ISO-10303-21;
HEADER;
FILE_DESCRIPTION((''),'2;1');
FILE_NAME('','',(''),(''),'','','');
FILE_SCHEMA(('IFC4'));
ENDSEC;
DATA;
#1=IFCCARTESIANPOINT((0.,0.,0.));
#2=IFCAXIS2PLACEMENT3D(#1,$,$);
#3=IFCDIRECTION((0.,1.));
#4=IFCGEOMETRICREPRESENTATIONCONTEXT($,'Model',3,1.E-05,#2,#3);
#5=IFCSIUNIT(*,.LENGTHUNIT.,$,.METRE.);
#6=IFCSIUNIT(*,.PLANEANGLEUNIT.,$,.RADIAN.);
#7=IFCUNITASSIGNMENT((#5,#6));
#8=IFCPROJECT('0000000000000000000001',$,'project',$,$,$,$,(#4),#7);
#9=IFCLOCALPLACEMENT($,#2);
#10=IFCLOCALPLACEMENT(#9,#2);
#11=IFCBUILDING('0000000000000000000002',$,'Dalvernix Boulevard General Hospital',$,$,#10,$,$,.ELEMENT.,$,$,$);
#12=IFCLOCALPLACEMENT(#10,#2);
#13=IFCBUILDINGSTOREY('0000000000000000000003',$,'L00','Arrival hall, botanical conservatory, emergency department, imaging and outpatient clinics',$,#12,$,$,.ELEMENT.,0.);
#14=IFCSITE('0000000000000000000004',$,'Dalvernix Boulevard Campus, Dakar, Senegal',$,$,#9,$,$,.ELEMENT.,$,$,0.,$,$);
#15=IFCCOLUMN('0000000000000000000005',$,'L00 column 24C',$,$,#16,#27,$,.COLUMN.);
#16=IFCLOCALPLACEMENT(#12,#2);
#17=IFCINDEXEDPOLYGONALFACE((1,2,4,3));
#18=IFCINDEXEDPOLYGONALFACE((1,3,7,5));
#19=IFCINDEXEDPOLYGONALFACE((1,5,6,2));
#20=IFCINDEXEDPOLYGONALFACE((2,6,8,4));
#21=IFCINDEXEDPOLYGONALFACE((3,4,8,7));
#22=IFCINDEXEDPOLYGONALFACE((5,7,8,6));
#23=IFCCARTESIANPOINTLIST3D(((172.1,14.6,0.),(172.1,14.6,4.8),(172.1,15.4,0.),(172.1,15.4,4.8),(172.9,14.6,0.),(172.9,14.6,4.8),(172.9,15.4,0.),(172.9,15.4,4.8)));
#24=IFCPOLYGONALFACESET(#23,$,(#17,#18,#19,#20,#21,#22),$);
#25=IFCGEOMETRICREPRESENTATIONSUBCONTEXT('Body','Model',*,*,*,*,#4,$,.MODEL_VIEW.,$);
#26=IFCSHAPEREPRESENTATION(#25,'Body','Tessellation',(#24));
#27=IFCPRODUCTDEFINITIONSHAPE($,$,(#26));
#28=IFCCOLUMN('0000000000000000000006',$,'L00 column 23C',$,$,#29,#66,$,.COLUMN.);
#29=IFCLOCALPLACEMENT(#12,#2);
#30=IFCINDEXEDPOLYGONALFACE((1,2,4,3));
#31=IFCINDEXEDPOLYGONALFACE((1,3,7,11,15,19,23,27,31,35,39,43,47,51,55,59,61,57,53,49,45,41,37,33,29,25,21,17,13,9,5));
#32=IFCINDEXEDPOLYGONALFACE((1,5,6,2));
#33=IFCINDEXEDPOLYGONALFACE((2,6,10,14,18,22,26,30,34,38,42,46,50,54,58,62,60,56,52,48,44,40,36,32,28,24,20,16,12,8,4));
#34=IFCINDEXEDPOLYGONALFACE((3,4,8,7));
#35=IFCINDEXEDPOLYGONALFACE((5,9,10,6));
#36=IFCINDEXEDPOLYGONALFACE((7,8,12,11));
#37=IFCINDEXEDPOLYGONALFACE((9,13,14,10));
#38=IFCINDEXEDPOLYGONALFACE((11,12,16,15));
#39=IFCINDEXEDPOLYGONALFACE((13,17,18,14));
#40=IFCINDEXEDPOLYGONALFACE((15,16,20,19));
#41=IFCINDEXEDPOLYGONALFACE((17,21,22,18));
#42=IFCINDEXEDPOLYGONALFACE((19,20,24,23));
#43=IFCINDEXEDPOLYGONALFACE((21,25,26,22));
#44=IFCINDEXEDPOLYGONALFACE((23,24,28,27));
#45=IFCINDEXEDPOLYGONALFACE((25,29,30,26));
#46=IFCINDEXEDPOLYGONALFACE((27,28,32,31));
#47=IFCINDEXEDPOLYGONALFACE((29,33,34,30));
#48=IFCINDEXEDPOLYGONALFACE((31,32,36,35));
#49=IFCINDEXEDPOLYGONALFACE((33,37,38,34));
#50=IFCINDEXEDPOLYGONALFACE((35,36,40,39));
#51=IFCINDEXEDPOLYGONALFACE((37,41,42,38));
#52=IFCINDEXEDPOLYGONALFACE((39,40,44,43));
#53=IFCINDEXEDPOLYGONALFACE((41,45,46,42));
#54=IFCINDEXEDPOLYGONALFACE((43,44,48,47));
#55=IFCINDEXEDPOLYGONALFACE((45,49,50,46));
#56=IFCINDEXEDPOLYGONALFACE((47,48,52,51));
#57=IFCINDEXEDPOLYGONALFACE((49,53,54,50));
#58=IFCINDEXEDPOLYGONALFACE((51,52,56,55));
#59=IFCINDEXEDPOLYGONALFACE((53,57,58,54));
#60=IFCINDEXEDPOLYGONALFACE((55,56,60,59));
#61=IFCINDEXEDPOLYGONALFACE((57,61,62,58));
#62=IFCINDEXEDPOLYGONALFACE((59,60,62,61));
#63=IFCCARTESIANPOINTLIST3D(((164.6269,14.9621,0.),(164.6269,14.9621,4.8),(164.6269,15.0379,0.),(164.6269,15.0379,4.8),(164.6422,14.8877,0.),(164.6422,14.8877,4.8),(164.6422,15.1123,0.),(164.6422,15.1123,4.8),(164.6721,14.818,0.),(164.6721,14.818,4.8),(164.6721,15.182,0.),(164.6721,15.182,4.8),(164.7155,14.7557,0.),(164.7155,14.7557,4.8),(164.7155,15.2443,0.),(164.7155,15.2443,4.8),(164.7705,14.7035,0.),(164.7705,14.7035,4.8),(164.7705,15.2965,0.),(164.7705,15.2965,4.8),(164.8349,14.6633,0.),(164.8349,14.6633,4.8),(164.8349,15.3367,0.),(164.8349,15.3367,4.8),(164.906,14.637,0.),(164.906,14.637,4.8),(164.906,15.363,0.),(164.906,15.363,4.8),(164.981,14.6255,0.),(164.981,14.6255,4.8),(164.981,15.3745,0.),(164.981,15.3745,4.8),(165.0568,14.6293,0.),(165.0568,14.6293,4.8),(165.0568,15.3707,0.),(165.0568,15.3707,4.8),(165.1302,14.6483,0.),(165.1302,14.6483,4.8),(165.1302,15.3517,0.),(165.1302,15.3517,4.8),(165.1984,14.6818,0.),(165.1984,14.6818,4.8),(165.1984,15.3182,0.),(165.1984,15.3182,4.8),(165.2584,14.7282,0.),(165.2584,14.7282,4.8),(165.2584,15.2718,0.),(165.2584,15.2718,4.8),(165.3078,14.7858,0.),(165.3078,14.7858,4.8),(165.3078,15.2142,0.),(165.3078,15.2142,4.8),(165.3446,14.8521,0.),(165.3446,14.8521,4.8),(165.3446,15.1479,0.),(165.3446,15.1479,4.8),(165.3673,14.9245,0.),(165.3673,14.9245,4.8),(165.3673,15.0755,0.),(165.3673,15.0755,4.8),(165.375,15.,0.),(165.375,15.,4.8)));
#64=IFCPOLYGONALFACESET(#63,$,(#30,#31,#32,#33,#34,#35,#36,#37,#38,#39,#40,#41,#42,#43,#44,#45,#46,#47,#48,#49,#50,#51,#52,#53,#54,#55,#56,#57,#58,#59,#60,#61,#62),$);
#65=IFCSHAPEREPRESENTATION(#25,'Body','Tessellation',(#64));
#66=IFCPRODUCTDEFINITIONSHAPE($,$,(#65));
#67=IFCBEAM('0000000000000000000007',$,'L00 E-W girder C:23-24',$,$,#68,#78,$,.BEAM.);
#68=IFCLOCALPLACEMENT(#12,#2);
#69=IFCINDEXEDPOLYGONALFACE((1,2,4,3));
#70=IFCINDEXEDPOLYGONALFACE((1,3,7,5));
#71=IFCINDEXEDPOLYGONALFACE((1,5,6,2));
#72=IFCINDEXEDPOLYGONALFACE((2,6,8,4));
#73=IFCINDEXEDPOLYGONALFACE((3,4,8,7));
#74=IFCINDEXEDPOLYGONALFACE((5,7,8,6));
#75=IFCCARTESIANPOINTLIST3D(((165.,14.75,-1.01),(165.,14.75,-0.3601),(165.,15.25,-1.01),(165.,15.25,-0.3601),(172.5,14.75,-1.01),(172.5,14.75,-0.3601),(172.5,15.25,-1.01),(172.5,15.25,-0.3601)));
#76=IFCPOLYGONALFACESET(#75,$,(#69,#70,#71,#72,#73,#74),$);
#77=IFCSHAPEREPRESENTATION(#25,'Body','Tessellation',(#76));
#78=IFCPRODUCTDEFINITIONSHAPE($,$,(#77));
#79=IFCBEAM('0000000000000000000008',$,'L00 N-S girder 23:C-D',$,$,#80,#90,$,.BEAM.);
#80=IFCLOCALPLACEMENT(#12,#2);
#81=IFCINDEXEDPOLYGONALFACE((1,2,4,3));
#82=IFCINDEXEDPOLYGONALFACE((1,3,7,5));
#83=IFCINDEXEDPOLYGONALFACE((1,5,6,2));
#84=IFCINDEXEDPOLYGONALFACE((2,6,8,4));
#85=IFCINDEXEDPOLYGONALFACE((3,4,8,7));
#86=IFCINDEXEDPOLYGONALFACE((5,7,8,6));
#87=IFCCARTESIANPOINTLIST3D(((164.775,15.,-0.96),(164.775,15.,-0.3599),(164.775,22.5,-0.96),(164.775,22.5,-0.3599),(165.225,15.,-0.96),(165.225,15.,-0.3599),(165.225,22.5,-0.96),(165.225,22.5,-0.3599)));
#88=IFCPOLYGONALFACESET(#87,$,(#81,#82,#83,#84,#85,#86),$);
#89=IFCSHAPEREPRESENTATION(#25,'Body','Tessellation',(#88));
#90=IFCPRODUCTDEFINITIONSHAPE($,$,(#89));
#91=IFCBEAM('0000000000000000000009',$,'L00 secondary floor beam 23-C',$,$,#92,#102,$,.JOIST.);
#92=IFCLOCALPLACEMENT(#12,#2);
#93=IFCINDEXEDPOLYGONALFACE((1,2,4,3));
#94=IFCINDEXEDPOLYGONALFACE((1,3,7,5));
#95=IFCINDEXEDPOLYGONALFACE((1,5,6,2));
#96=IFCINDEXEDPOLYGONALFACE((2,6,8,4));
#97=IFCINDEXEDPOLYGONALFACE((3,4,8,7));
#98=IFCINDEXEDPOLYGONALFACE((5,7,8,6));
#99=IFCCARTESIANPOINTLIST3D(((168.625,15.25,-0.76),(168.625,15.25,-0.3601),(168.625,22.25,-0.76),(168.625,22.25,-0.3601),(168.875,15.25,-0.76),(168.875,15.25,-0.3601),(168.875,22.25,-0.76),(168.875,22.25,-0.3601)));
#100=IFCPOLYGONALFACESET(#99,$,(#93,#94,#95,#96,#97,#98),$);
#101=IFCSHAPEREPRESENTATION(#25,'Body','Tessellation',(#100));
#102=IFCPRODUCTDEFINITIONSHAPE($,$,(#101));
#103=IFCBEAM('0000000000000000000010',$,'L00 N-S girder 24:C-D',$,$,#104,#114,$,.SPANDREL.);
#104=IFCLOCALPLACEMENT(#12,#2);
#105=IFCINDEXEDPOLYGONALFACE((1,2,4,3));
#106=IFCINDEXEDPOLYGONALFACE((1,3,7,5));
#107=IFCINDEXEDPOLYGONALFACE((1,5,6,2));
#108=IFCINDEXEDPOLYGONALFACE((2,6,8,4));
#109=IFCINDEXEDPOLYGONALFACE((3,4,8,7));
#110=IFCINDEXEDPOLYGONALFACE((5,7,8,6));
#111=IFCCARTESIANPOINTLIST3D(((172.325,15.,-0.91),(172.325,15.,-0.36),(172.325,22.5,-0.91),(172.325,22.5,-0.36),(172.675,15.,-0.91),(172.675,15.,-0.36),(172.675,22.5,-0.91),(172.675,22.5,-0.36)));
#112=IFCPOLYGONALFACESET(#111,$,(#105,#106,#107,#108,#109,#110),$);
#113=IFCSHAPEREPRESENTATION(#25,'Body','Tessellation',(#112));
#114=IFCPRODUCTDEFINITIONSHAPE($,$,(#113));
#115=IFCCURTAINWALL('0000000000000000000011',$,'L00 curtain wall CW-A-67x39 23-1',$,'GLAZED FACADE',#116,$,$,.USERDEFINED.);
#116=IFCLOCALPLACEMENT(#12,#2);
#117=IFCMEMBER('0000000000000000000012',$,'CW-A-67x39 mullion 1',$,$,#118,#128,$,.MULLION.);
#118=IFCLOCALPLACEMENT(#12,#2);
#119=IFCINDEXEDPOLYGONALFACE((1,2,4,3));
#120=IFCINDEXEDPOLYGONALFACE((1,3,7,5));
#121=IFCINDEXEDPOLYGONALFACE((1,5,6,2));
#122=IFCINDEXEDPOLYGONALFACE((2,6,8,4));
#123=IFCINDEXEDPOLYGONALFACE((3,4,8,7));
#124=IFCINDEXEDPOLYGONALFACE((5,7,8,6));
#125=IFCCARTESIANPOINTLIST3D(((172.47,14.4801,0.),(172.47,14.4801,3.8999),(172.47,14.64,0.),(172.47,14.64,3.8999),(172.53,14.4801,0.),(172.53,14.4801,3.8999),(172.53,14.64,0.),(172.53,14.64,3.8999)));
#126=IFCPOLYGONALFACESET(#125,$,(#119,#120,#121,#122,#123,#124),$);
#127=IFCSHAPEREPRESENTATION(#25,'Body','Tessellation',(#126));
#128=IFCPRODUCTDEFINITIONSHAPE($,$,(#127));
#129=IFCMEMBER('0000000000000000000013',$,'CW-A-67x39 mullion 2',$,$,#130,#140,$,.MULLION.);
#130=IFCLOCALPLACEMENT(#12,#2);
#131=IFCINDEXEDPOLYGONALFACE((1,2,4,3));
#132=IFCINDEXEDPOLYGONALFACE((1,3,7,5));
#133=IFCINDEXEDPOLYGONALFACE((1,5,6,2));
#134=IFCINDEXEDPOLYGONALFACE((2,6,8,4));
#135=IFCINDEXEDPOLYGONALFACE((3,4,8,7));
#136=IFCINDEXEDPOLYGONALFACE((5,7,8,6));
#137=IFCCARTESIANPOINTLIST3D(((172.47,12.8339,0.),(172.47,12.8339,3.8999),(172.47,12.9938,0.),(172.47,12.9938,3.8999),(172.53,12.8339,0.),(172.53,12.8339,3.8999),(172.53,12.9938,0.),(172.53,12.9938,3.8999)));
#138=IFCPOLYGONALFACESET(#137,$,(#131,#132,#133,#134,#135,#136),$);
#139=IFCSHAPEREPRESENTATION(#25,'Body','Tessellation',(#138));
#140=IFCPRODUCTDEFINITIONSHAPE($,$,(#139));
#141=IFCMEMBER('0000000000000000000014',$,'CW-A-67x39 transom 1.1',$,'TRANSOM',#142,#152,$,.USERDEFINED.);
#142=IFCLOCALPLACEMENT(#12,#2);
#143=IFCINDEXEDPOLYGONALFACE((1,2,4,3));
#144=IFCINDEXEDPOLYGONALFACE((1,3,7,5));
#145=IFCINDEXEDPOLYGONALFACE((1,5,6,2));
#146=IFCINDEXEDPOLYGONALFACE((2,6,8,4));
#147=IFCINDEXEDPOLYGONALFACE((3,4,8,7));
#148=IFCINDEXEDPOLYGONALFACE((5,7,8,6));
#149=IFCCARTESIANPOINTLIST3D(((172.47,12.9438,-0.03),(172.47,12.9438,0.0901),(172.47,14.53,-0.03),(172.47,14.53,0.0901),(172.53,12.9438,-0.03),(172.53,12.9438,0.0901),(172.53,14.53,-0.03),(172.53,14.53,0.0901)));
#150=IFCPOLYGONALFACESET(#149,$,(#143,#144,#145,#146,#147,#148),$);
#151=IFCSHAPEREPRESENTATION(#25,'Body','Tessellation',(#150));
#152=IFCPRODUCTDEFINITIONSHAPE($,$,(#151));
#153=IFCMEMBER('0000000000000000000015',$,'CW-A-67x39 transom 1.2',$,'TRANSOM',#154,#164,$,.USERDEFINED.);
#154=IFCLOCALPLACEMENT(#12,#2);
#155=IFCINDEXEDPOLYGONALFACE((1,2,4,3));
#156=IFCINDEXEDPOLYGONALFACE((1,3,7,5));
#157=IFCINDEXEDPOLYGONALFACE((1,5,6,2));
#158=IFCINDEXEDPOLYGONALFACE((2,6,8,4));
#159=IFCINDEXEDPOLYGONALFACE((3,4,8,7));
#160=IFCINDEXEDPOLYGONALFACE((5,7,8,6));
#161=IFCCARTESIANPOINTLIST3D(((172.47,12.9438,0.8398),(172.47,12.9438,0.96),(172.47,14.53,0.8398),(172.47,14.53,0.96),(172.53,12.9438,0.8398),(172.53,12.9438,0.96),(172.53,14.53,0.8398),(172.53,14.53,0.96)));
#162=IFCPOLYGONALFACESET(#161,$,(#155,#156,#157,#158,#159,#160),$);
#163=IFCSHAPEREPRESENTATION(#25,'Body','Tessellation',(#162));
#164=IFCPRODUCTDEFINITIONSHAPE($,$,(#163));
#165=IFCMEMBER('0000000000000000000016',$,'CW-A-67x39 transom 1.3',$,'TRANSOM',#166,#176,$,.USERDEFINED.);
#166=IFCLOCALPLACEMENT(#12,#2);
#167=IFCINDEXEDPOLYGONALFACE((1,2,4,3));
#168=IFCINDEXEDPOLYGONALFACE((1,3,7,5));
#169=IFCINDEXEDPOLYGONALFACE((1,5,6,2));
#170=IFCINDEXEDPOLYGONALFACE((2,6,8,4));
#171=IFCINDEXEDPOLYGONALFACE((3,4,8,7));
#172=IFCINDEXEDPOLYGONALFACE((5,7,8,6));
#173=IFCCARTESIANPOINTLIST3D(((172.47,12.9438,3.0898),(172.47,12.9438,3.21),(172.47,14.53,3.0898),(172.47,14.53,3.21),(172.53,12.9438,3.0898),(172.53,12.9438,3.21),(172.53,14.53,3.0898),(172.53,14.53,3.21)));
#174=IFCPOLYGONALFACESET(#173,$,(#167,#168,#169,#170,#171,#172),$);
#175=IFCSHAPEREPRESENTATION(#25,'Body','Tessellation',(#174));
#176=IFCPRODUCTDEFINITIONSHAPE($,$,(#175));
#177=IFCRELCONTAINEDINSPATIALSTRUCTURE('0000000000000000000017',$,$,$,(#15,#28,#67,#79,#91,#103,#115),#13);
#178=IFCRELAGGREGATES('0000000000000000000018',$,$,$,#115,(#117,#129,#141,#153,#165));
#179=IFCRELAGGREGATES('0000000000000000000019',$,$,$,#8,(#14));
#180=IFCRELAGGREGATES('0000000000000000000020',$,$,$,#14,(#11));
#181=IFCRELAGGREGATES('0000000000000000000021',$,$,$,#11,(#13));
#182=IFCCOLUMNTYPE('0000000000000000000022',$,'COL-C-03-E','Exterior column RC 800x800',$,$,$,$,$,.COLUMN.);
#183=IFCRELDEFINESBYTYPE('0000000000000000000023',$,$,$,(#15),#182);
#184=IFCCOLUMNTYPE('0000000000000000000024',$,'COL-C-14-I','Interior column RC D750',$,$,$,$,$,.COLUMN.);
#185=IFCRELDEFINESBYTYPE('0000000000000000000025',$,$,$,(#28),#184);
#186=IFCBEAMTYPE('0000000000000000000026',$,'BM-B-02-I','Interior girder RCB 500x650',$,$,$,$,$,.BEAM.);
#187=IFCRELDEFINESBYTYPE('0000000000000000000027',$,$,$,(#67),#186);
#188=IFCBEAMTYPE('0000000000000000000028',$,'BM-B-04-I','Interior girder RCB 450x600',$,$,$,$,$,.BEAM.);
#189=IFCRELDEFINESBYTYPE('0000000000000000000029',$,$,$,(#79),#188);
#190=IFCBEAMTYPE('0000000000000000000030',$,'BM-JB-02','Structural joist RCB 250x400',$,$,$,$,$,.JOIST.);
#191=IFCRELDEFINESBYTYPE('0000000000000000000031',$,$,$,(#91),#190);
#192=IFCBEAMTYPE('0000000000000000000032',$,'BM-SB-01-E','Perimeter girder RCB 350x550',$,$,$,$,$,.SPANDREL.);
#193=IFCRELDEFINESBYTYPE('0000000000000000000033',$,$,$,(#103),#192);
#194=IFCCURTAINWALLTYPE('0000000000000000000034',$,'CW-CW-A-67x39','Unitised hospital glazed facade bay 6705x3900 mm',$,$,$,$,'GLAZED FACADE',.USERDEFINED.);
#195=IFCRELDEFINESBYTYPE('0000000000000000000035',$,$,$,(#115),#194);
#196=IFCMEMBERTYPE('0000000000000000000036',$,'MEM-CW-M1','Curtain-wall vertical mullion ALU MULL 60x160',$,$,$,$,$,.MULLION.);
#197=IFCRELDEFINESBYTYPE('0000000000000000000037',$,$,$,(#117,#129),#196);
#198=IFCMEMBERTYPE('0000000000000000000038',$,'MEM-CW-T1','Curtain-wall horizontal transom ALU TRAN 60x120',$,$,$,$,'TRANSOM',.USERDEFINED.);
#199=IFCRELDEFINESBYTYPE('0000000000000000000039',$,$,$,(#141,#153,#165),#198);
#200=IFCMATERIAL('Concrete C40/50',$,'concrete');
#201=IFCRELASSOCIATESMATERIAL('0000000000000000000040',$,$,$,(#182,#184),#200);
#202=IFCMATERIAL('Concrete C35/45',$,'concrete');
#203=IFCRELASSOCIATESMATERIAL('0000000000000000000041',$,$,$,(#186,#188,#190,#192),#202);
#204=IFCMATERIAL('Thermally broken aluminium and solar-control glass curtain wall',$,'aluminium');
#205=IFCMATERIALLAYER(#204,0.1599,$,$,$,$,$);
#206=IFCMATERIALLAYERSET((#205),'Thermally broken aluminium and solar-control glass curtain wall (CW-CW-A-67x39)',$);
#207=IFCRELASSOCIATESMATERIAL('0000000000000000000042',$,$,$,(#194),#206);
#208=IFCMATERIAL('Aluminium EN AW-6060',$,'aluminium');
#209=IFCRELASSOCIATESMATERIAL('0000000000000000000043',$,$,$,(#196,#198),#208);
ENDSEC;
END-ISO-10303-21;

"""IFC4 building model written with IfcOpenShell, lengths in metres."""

from ifc_helpers import new_model, si_unit, direction, frame, origin, origin_2d, place, context, subcontext, project, spatial, rectangle, circle, extrude, material, layer, layer_set, material_profile, profile_set, type_object, element, aggregate, save


model = new_model("IFC4")

# Units and contexts
model_context = context("Model", 3, precision=1e-05, world=origin(), true_north=direction((0.0, 1.0)))
body_context = subcontext(model_context, "Body", "Model", "MODEL_VIEW")
ifc_project = project(units=[si_unit("LENGTHUNIT", "METRE"), si_unit("PLANEANGLEUNIT", "RADIAN")], contexts=[model_context])

# Site, building, storey
site_placement = place(None, origin())
site = spatial("IfcSite", under=ifc_project, at=site_placement, Name="Dalvernix Boulevard Campus, Dakar, Senegal", CompositionType="ELEMENT", RefElevation=0.0)
building_placement = place(site_placement, origin())
building = spatial("IfcBuilding", under=site, at=building_placement, Name="Dalvernix Boulevard General Hospital", CompositionType="ELEMENT")
storey_placement = place(building_placement, origin())
storey = spatial("IfcBuildingStorey", under=building, at=storey_placement, Name="L00", Description="Arrival hall, botanical conservatory, emergency department, imaging and outpatient clinics", CompositionType="ELEMENT", Elevation=0.0)

# Columns
ifc_material_1 = material(Name="Concrete C40/50", Category="concrete")
ifc_material_profile_1 = material_profile(ifc_material_1, rectangle(XDim=0.8, YDim=0.8, at=origin_2d()), Name="RC 800x800")
ifc_profile_set_1 = profile_set([ifc_material_profile_1], Name="Concrete C40/50")
column_type_1 = type_object("IfcColumnType", Name="COL-C-03-E", Description="Exterior column RC 800x800", PredefinedType="COLUMN", material=ifc_profile_set_1)
column_1_placement = place(storey_placement, frame((172.5, 15.0, 0.0), z_axis=(0.0, 0.0, 1.0), x_axis=(1.0, 0.0, 0.0)))
element("IfcColumn", 1, at=column_1_placement, inside=storey, type_object=column_type_1, Name="L00 column 24C", PredefinedType="COLUMN", context=body_context, shape_type="SweptSolid", body=[
    extrude(rectangle(XDim=0.8, YDim=0.8, at=origin_2d()), origin(), (0.0, 0.0, 1.0), 4.8),
])
ifc_material_profile_2 = material_profile(ifc_material_1, circle(Radius=0.375, at=origin_2d()), Name="RC D750")
ifc_profile_set_2 = profile_set([ifc_material_profile_2], Name="Concrete C40/50")
column_type_2 = type_object("IfcColumnType", Name="COL-C-14-I", Description="Interior column RC D750", PredefinedType="COLUMN", material=ifc_profile_set_2)
column_2_placement = place(storey_placement, frame((165.0, 15.0, 0.0), z_axis=(0.0, 0.0, 1.0), x_axis=(1.0, 0.0, 0.0)))
element("IfcColumn", 2, at=column_2_placement, inside=storey, type_object=column_type_2, Name="L00 column 23C", PredefinedType="COLUMN", context=body_context, shape_type="SweptSolid", body=[
    extrude(circle(Radius=0.375, at=origin_2d()), origin(), (0.0, 0.0, 1.0), 4.8),
])

# Beams
ifc_material_2 = material(Name="Concrete C35/45", Category="concrete")
ifc_material_profile_3 = material_profile(ifc_material_2, rectangle(XDim=0.5, YDim=0.6499, at=origin_2d()), Name="RCB 500x650")
ifc_profile_set_3 = profile_set([ifc_material_profile_3], Name="Concrete C35/45")
beam_type_1 = type_object("IfcBeamType", Name="BM-B-02-I", Description="Interior girder RCB 500x650", PredefinedType="BEAM", material=ifc_profile_set_3)
beam_1_placement = place(storey_placement, frame((165.0, 15.0, -0.6851), z_axis=(1.0, 0.0, 0.0), x_axis=(0.0, 1.0, 0.0)))
element("IfcBeam", 3, at=beam_1_placement, inside=storey, type_object=beam_type_1, Name="L00 E-W girder C:23-24", PredefinedType="BEAM", context=body_context, shape_type="SweptSolid", body=[
    extrude(rectangle(XDim=0.5, YDim=0.6499, at=origin_2d()), origin(), (0.0, 0.0, 1.0), 7.5),
])
ifc_material_profile_4 = material_profile(ifc_material_2, rectangle(XDim=0.45, YDim=0.6001, at=origin_2d()), Name="RCB 450x600")
ifc_profile_set_4 = profile_set([ifc_material_profile_4], Name="Concrete C35/45")
beam_type_2 = type_object("IfcBeamType", Name="BM-B-04-I", Description="Interior girder RCB 450x600", PredefinedType="BEAM", material=ifc_profile_set_4)
beam_2_placement = place(storey_placement, frame((165.0, 15.0, -0.6599), z_axis=(0.0, 1.0, 0.0), x_axis=(-1.0, 0.0, 0.0)))
element("IfcBeam", 4, at=beam_2_placement, inside=storey, type_object=beam_type_2, Name="L00 N-S girder 23:C-D", PredefinedType="BEAM", context=body_context, shape_type="SweptSolid", body=[
    extrude(rectangle(XDim=0.45, YDim=0.6001, at=origin_2d()), origin(), (0.0, 0.0, 1.0), 7.5),
])
ifc_material_profile_5 = material_profile(ifc_material_2, rectangle(XDim=0.25, YDim=0.3999, at=origin_2d()), Name="RCB 250x400")
ifc_profile_set_5 = profile_set([ifc_material_profile_5], Name="Concrete C35/45")
beam_type_3 = type_object("IfcBeamType", Name="BM-JB-02", Description="Structural joist RCB 250x400", PredefinedType="JOIST", material=ifc_profile_set_5)
beam_3_placement = place(storey_placement, frame((168.75, 15.25, -0.5601), z_axis=(0.0, 1.0, 0.0), x_axis=(-1.0, 0.0, 0.0)))
element("IfcBeam", 5, at=beam_3_placement, inside=storey, type_object=beam_type_3, Name="L00 secondary floor beam 23-C", PredefinedType="JOIST", context=body_context, shape_type="SweptSolid", body=[
    extrude(rectangle(XDim=0.25, YDim=0.3999, at=origin_2d()), origin(), (0.0, 0.0, 1.0), 7.0),
])
ifc_material_profile_6 = material_profile(ifc_material_2, rectangle(XDim=0.3501, YDim=0.55, at=origin_2d()), Name="RCB 350x550")
ifc_profile_set_6 = profile_set([ifc_material_profile_6], Name="Concrete C35/45")
beam_type_4 = type_object("IfcBeamType", Name="BM-SB-01-E", Description="Perimeter girder RCB 350x550", PredefinedType="SPANDREL", material=ifc_profile_set_6)
beam_4_placement = place(storey_placement, frame((172.5, 15.0, -0.635), z_axis=(0.0, 1.0, 0.0), x_axis=(-1.0, 0.0, 0.0)))
element("IfcBeam", 6, at=beam_4_placement, inside=storey, type_object=beam_type_4, Name="L00 N-S girder 24:C-D", PredefinedType="SPANDREL", context=body_context, shape_type="SweptSolid", body=[
    extrude(rectangle(XDim=0.3501, YDim=0.55, at=origin_2d()), origin(), (0.0, 0.0, 1.0), 7.5),
])

# Curtain wall, members
ifc_material_3 = material(Name="Thermally broken aluminium and solar-control glass curtain wall", Category="aluminium")
ifc_layer_1 = layer(ifc_material_3, 0.1599)
ifc_layer_set_1 = layer_set([ifc_layer_1], Name="Thermally broken aluminium and solar-control glass curtain wall (CW-CW-A-67x39)")
curtain_wall_type = type_object("IfcCurtainWallType", Name="CW-CW-A-67x39", Description="Unitised hospital glazed facade bay 6705x3900 mm", ElementType="GLAZED FACADE", PredefinedType="USERDEFINED", material=ifc_layer_set_1)
curtain_wall_placement = place(storey_placement, origin())
curtain_wall = element("IfcCurtainWall", 7, at=curtain_wall_placement, inside=storey, type_object=curtain_wall_type, Name="L00 curtain wall CW-A-67x39 23-1", ObjectType="GLAZED FACADE", PredefinedType="USERDEFINED")
ifc_material_4 = material(Name="Aluminium EN AW-6060", Category="aluminium")
ifc_material_profile_7 = material_profile(ifc_material_4, rectangle(XDim=0.0601, YDim=0.1599, at=origin_2d()), Name="ALU MULL 60x160")
ifc_profile_set_7 = profile_set([ifc_material_profile_7], Name="Aluminium EN AW-6060")
member_type_1 = type_object("IfcMemberType", Name="MEM-CW-M1", Description="Curtain-wall vertical mullion ALU MULL 60x160", PredefinedType="MULLION", material=ifc_profile_set_7)
member_1_placement = place(storey_placement, frame((172.5, 14.5601, 0.0), z_axis=(0.0, 0.0, 1.0), x_axis=(1.0, 0.0, 0.0)))
member_1 = element("IfcMember", 8, at=member_1_placement, type_object=member_type_1, Name="CW-A-67x39 mullion 1", PredefinedType="MULLION", context=body_context, shape_type="SweptSolid", body=[
    extrude(rectangle(XDim=0.0601, YDim=0.1599, at=origin_2d()), origin(), (0.0, 0.0, 1.0), 3.8999),
])
member_2_placement = place(storey_placement, frame((172.5, 12.9138, 0.0), z_axis=(0.0, 0.0, 1.0), x_axis=(1.0, 0.0, 0.0)))
member_2 = element("IfcMember", 9, at=member_2_placement, type_object=member_type_1, Name="CW-A-67x39 mullion 2", PredefinedType="MULLION", context=body_context, shape_type="SweptSolid", body=[
    extrude(rectangle(XDim=0.0601, YDim=0.1599, at=origin_2d()), origin(), (0.0, 0.0, 1.0), 3.8999),
])
ifc_material_profile_8 = material_profile(ifc_material_4, rectangle(XDim=0.0601, YDim=0.1201, at=origin_2d()), Name="ALU TRAN 60x120")
ifc_profile_set_8 = profile_set([ifc_material_profile_8], Name="Aluminium EN AW-6060")
member_type_2 = type_object("IfcMemberType", Name="MEM-CW-T1", Description="Curtain-wall horizontal transom ALU TRAN 60x120", ElementType="TRANSOM", PredefinedType="USERDEFINED", material=ifc_profile_set_8)
member_3_placement = place(storey_placement, frame((172.5, 14.53, 0.03), z_axis=(0.0, -1.0, 0.0), x_axis=(1.0, 0.0, 0.0)))
member_3 = element("IfcMember", 10, at=member_3_placement, type_object=member_type_2, Name="CW-A-67x39 transom 1.1", ObjectType="TRANSOM", PredefinedType="USERDEFINED", context=body_context, shape_type="SweptSolid", body=[
    extrude(rectangle(XDim=0.0601, YDim=0.1201, at=origin_2d()), origin(), (0.0, 0.0, 1.0), 1.5862),
])
member_4_placement = place(storey_placement, frame((172.5, 14.53, 0.8999), z_axis=(0.0, -1.0, 0.0), x_axis=(1.0, 0.0, 0.0)))
member_4 = element("IfcMember", 11, at=member_4_placement, type_object=member_type_2, Name="CW-A-67x39 transom 1.2", ObjectType="TRANSOM", PredefinedType="USERDEFINED", context=body_context, shape_type="SweptSolid", body=[
    extrude(rectangle(XDim=0.0601, YDim=0.1201, at=origin_2d()), origin(), (0.0, 0.0, 1.0), 1.5862),
])
member_5_placement = place(storey_placement, frame((172.5, 14.53, 3.1499), z_axis=(0.0, -1.0, 0.0), x_axis=(1.0, 0.0, 0.0)))
member_5 = element("IfcMember", 12, at=member_5_placement, type_object=member_type_2, Name="CW-A-67x39 transom 1.3", ObjectType="TRANSOM", PredefinedType="USERDEFINED", context=body_context, shape_type="SweptSolid", body=[
    extrude(rectangle(XDim=0.0601, YDim=0.1201, at=origin_2d()), origin(), (0.0, 0.0, 1.0), 1.5862),
])
aggregate(curtain_wall, [member_1, member_2, member_3, member_4, member_5])

save(model, "model.ifc")
